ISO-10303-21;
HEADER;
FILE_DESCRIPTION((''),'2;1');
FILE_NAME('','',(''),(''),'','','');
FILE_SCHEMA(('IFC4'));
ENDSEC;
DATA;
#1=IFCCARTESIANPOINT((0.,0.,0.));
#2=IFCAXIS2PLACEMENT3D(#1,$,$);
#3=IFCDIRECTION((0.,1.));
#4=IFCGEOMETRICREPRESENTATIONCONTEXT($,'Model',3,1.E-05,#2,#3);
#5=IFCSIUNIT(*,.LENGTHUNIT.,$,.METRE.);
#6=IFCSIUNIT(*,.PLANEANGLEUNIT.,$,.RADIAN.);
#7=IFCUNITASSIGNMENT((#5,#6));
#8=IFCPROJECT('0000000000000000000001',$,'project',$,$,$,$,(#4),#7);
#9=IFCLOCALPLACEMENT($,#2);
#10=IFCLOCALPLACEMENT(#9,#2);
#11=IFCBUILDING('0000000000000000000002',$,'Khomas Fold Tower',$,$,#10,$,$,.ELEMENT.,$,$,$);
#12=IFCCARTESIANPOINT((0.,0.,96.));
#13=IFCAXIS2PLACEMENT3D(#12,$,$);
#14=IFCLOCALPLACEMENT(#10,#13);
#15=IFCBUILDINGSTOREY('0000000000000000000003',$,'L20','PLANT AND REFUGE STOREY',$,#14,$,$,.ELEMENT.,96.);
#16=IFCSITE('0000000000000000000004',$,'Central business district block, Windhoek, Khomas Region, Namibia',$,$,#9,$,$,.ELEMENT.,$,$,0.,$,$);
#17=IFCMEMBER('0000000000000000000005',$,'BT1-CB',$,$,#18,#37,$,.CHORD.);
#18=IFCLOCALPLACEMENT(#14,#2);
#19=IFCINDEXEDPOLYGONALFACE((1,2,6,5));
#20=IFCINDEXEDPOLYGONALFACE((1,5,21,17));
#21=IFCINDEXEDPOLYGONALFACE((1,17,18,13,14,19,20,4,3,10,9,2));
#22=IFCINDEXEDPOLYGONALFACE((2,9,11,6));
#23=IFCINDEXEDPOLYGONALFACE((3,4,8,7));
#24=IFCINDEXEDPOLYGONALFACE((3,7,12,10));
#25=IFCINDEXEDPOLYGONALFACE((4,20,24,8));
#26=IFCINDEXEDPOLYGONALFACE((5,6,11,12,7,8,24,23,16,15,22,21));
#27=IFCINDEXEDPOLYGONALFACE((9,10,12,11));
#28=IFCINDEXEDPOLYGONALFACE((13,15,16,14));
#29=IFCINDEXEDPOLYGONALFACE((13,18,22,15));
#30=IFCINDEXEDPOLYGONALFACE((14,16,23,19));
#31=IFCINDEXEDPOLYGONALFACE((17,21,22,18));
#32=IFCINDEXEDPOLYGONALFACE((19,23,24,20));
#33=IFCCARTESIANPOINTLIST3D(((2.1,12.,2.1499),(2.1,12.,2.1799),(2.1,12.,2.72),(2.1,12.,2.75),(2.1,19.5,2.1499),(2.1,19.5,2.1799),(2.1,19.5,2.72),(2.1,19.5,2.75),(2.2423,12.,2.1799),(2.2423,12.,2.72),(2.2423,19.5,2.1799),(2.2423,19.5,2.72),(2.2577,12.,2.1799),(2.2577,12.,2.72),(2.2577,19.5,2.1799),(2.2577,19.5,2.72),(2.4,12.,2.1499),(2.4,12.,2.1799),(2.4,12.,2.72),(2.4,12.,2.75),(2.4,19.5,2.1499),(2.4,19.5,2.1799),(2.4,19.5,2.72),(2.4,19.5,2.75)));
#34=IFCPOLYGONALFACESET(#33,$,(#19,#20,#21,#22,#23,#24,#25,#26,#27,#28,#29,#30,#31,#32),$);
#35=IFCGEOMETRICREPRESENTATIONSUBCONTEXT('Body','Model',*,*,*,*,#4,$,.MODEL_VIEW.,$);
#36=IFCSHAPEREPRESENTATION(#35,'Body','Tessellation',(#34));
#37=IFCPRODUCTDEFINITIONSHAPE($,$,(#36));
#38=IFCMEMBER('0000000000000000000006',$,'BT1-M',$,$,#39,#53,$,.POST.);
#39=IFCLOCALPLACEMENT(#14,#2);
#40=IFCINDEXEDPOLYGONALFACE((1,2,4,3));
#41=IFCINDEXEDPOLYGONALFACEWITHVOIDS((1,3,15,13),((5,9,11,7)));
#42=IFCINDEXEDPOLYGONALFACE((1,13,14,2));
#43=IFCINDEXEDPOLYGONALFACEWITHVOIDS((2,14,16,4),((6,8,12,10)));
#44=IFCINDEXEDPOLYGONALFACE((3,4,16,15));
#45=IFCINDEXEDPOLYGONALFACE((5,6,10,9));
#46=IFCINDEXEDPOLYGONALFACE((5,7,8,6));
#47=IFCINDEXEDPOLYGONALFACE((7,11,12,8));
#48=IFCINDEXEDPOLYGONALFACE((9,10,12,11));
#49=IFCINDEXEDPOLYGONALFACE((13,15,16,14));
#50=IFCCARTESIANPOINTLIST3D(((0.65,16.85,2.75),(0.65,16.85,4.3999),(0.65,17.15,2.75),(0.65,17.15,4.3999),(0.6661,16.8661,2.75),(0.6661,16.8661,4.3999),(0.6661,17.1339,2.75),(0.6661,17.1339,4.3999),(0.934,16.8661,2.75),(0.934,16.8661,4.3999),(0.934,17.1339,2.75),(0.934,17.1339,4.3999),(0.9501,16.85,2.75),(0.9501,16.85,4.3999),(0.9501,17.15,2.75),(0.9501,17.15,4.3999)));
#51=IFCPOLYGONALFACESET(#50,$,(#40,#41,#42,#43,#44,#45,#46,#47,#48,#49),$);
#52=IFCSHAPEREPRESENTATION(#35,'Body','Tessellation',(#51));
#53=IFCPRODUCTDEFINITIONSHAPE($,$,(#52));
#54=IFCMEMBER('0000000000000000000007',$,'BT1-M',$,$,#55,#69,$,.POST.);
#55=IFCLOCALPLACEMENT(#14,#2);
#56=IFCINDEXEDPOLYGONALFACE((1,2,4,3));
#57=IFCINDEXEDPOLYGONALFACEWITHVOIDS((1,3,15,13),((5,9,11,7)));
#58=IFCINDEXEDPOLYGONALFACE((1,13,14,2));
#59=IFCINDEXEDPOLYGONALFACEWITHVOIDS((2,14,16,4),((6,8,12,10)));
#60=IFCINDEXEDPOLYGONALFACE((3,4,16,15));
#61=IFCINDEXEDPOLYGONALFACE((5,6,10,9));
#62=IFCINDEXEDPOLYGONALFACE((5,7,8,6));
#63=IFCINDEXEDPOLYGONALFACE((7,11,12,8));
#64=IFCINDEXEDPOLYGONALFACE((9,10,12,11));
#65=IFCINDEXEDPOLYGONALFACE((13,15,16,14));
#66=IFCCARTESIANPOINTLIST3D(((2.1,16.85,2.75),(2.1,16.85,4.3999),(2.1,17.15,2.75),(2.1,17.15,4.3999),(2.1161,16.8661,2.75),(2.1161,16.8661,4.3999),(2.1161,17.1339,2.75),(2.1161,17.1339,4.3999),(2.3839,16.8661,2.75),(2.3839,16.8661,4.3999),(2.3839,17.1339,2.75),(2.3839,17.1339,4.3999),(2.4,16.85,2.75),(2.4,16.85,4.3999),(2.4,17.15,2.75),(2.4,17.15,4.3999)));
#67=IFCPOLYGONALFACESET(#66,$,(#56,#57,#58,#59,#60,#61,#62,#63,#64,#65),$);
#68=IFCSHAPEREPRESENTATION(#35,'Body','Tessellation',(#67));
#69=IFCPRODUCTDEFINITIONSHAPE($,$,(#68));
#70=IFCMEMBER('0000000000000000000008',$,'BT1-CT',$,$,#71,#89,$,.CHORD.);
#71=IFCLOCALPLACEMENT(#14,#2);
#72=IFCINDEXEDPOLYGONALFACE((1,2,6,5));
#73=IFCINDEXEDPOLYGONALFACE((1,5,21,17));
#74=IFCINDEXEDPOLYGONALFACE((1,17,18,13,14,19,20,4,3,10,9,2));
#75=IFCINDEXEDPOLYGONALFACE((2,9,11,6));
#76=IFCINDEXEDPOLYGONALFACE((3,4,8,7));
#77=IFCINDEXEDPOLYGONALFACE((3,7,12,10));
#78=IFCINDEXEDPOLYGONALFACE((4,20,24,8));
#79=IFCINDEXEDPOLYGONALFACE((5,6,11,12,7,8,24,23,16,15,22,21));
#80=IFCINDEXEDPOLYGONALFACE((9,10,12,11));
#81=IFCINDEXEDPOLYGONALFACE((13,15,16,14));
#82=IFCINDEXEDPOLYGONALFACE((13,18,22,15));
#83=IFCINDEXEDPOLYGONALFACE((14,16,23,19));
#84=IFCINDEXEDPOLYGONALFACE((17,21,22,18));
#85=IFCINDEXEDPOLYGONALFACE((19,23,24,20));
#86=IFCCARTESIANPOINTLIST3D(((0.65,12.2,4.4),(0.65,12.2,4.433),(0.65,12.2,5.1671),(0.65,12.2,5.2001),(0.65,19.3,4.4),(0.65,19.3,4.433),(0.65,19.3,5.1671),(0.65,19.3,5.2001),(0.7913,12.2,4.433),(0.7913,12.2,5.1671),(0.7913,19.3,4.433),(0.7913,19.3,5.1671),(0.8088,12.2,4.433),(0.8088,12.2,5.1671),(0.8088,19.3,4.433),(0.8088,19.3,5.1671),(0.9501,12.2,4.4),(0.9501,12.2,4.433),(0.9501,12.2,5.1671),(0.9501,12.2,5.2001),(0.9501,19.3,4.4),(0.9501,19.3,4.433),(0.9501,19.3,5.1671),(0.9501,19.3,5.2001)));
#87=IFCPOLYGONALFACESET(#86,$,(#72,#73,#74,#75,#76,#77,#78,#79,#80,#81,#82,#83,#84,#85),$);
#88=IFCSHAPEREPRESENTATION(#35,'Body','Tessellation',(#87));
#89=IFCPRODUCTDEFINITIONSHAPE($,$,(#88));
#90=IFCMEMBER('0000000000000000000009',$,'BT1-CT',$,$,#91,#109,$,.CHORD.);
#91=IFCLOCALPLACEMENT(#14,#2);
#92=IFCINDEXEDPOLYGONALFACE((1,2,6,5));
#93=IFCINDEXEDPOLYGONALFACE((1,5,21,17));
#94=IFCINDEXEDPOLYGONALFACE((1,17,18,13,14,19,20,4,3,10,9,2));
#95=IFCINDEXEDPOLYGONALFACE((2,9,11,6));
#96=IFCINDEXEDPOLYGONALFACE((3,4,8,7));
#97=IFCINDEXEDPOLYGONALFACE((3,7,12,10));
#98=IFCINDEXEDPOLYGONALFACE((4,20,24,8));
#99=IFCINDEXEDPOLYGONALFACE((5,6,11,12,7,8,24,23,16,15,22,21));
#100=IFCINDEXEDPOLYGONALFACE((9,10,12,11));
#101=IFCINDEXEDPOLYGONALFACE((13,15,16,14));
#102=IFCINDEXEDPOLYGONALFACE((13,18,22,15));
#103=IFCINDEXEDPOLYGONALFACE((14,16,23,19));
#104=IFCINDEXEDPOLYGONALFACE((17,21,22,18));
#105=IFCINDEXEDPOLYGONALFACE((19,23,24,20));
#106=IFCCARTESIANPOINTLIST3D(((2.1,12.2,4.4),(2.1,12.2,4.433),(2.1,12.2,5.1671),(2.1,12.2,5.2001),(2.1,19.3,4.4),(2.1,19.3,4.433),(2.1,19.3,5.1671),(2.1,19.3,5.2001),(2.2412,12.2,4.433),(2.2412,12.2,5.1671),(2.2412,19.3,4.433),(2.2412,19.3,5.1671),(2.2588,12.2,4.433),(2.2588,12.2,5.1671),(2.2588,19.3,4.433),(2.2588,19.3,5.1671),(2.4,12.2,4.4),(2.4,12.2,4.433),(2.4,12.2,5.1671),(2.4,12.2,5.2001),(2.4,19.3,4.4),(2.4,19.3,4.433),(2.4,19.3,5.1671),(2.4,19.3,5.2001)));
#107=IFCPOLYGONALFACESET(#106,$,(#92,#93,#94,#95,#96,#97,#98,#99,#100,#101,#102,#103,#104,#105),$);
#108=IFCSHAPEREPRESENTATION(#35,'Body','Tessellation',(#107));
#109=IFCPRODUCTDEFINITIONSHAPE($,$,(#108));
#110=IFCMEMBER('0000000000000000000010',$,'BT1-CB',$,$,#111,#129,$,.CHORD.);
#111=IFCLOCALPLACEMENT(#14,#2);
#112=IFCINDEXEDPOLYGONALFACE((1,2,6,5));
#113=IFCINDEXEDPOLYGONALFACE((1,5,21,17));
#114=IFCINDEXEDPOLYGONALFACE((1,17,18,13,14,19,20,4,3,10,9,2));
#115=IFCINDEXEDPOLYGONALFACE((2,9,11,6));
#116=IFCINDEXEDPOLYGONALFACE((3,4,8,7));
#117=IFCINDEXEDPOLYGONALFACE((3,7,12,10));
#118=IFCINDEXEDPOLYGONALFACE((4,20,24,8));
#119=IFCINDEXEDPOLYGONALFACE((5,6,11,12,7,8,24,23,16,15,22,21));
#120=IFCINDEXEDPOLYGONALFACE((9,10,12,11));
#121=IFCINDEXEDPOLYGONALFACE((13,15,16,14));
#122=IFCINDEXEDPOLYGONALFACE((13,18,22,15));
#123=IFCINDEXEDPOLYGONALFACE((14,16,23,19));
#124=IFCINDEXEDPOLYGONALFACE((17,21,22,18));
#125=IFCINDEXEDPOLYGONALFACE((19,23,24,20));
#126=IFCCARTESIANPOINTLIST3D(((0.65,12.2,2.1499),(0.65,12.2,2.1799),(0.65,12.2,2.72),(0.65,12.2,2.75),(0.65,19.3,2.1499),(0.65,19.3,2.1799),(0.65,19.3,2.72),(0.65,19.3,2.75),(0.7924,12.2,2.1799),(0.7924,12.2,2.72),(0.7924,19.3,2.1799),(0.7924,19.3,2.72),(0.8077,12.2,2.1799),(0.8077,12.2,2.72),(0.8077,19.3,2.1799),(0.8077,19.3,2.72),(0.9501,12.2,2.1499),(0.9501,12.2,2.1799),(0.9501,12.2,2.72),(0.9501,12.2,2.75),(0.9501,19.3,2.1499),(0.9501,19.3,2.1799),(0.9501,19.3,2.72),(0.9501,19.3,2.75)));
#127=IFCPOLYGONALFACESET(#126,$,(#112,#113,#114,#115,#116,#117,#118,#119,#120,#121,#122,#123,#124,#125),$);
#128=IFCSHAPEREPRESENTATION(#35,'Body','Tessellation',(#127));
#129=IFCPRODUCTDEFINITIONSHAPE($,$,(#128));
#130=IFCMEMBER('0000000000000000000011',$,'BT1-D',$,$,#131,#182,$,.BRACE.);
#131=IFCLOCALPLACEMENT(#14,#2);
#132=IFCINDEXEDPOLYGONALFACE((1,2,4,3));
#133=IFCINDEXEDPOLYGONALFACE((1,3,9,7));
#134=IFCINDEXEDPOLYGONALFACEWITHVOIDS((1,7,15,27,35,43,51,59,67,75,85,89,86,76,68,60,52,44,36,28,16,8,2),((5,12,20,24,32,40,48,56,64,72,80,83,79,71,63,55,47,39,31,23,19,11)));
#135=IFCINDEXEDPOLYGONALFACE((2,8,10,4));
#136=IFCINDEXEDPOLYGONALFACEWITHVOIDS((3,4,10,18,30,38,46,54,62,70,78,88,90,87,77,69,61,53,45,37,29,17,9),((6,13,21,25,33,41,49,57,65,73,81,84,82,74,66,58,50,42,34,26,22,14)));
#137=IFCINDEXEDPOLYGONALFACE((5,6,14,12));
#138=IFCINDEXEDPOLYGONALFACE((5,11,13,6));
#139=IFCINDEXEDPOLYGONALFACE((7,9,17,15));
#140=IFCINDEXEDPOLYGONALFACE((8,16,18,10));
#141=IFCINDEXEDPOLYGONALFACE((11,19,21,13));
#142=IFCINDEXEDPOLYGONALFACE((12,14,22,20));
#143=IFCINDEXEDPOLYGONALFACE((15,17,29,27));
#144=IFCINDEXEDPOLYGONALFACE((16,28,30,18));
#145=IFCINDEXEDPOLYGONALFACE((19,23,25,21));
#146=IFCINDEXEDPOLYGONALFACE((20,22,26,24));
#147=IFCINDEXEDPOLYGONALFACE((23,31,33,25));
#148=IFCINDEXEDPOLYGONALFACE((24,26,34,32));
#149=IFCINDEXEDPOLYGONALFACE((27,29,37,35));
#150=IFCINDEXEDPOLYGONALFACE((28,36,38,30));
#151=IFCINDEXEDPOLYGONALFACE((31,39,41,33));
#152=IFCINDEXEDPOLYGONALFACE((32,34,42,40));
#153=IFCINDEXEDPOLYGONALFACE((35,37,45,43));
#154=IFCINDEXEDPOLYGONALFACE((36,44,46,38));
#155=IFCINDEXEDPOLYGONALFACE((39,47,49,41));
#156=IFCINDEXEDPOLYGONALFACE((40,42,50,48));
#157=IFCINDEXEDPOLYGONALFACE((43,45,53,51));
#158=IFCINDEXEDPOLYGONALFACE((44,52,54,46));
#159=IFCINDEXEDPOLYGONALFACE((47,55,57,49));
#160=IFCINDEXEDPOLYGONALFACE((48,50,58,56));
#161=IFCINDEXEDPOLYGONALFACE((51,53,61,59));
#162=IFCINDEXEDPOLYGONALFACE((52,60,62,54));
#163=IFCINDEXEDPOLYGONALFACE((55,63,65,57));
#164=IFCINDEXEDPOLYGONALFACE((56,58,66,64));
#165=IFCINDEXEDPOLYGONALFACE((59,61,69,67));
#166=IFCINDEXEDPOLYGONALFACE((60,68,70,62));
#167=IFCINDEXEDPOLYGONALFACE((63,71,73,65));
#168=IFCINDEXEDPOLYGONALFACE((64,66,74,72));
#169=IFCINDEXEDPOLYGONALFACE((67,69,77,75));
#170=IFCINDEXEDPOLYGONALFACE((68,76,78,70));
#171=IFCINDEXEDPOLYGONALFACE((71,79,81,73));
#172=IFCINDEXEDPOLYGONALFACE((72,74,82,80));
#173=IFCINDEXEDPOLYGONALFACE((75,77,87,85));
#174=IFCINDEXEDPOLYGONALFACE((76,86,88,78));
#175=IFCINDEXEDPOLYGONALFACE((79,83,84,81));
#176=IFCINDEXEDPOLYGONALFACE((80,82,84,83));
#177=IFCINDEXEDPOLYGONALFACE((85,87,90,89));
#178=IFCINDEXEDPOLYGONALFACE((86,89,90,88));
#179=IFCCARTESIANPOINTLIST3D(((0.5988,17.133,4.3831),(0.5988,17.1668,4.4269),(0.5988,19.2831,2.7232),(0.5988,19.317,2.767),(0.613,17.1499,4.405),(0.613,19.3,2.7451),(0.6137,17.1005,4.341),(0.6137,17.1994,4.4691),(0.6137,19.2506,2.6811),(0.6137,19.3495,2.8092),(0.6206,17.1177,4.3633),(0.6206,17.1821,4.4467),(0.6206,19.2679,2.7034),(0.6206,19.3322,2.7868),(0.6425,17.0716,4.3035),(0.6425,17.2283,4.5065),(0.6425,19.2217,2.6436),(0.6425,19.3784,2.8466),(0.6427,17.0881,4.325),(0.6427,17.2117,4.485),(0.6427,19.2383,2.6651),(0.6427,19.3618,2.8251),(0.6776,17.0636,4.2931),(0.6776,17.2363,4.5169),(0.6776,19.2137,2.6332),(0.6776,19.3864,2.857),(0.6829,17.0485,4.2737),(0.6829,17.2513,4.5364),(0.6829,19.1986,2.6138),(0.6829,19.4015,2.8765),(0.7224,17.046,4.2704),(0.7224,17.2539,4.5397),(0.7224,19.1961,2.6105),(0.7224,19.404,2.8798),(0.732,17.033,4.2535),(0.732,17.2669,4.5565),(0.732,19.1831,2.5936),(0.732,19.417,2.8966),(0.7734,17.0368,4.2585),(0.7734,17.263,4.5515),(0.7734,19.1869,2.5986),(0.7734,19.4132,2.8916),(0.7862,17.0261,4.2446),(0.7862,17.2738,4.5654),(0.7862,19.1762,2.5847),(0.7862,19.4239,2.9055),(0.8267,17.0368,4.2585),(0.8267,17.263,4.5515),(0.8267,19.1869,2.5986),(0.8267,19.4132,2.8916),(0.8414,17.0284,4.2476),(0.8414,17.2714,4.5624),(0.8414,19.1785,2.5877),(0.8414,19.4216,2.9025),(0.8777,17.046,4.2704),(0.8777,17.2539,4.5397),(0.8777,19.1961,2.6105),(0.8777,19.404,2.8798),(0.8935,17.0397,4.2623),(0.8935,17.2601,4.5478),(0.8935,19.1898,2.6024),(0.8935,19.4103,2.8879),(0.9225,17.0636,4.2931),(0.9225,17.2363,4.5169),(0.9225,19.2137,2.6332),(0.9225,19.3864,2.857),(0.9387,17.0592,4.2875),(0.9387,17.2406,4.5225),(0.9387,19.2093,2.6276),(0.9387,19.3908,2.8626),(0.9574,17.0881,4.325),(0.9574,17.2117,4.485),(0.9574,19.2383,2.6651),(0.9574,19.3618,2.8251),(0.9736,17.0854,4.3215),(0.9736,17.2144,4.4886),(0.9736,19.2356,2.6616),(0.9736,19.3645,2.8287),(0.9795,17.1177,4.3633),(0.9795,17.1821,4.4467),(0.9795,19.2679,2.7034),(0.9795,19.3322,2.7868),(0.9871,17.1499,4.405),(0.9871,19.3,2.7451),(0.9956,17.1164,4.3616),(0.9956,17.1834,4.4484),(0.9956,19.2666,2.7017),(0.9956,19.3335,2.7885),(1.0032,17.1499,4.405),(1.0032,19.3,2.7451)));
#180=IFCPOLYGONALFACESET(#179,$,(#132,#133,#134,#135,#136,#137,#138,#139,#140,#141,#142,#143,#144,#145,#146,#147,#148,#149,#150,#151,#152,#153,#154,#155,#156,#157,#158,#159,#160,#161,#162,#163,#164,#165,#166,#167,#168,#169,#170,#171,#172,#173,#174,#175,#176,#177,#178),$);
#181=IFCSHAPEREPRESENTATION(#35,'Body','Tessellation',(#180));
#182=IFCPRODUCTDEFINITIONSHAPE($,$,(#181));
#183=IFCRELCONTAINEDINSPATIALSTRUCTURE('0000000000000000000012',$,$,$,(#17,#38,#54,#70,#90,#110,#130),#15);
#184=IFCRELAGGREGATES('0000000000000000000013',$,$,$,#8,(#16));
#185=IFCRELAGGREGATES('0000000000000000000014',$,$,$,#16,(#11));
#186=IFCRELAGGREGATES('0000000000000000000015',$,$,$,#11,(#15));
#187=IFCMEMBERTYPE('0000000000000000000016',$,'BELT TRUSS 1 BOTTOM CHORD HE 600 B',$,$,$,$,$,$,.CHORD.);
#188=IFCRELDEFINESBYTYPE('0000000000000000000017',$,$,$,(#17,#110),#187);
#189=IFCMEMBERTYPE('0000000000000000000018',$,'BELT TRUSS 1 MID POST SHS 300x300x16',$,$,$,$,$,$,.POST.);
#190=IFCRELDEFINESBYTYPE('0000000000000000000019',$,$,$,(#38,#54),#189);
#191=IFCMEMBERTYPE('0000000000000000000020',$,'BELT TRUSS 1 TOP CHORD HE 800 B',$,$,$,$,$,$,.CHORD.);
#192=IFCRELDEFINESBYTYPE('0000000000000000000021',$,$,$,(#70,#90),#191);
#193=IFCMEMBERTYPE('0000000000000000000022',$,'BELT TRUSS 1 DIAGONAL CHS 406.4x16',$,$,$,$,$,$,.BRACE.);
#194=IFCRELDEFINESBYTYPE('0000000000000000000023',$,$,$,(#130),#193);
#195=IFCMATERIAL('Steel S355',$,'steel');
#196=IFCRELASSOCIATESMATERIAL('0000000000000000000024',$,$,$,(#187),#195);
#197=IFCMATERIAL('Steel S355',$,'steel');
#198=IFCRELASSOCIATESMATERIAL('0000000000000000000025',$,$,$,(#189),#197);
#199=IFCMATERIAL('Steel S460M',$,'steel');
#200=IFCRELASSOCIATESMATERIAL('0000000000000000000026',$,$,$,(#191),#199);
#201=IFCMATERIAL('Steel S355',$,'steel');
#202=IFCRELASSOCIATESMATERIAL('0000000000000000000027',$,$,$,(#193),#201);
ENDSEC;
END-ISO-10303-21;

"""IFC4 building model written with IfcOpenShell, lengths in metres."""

from ifc_helpers import new_model, si_unit, direction, frame, origin, origin_2d, place, context, subcontext, project, spatial, hollow_rectangle, hollow_circle, i_section, extrude, source, transform, mapped, material, material_profile, profile_set, type_object, element, save


model = new_model("IFC4")

# Units and contexts
model_context = context("Model", 3, precision=1e-05, world=origin(), true_north=direction((0.0, 1.0)))
body_context = subcontext(model_context, "Body", "Model", "MODEL_VIEW")
ifc_project = project(units=[si_unit("LENGTHUNIT", "METRE"), si_unit("PLANEANGLEUNIT", "RADIAN")], contexts=[model_context])

# Site, building, storey
site_placement = place(None, origin())
site = spatial("IfcSite", under=ifc_project, at=site_placement, Name="Central business district block, Windhoek, Khomas Region, Namibia", CompositionType="ELEMENT", RefElevation=0.0)
building_placement = place(site_placement, origin())
building = spatial("IfcBuilding", under=site, at=building_placement, Name="Khomas Fold Tower", CompositionType="ELEMENT")
storey_placement = place(building_placement, frame((0.0, 0.0, 96.0)))
storey = spatial("IfcBuildingStorey", under=building, at=storey_placement, Name="L20", Description="PLANT AND REFUGE STOREY", CompositionType="ELEMENT", Elevation=96.0)

# Members
ifc_material_1 = material(Name="Steel S355", Category="steel")
ifc_material_profile_1 = material_profile(ifc_material_1, i_section(OverallWidth=0.3, OverallDepth=0.6001, WebThickness=0.0154, FlangeThickness=0.03, at=origin_2d()), Name="HE 600 B")
ifc_profile_set_1 = profile_set([ifc_material_profile_1], Name="Steel S355")
member_type_1 = type_object("IfcMemberType", Name="BELT TRUSS 1 BOTTOM CHORD HE 600 B", PredefinedType="CHORD", material=ifc_profile_set_1)
shared_shape_1 = source(origin(), body_context, "Body", "SweptSolid", [
    extrude(i_section(OverallWidth=0.3, OverallDepth=0.6001, WebThickness=0.0154, FlangeThickness=0.03, at=origin_2d()), origin(), (0.0, 0.0, 1.0), 7.5),
])
member_1_placement = place(storey_placement, frame((2.25, 19.5, 2.45), z_axis=(0.0, -1.0, 0.0), x_axis=(1.0, 0.0, 0.0)))
element("IfcMember", 1, at=member_1_placement, inside=storey, type_object=member_type_1, Name="BT1-CB", PredefinedType="CHORD", context=body_context, shape_type="MappedRepresentation", body=[
    mapped(shared_shape_1, transform((0.0, 0.0, 0.0))),
])
ifc_material_2 = material(Name="Steel S355", Category="steel")
ifc_material_profile_2 = material_profile(ifc_material_2, hollow_rectangle(XDim=0.3, YDim=0.3, WallThickness=0.0161, at=origin_2d()), Name="SHS 300x300x16")
ifc_profile_set_2 = profile_set([ifc_material_profile_2], Name="Steel S355")
member_type_2 = type_object("IfcMemberType", Name="BELT TRUSS 1 MID POST SHS 300x300x16", PredefinedType="POST", material=ifc_profile_set_2)
shared_shape_2 = source(origin(), body_context, "Body", "SweptSolid", [
    extrude(hollow_rectangle(XDim=0.3, YDim=0.3, WallThickness=0.0161, at=origin_2d()), origin(), (0.0, 0.0, 1.0), 1.6499),
])
for number, where, z_axis, x_axis, name in (
    (2, (0.8, 17.0, 2.75), (0.0, 0.0, 1.0), (1.0, 0.0, 0.0), "BT1-M"),
    (3, (2.25, 17.0, 2.75), (0.0, 0.0, 1.0), (1.0, 0.0, 0.0), "BT1-M"),
):
    element("IfcMember", number, at=place(storey_placement, frame(where, z_axis=z_axis, x_axis=x_axis)), inside=storey, type_object=member_type_2, Name=name, PredefinedType="POST", context=body_context, shape_type="MappedRepresentation", body=[
        mapped(shared_shape_2, transform((0.0, 0.0, 0.0))),
    ])
ifc_material_3 = material(Name="Steel S460M", Category="steel")
ifc_material_profile_3 = material_profile(ifc_material_3, i_section(OverallWidth=0.3, OverallDepth=0.8, WebThickness=0.0176, FlangeThickness=0.033, at=origin_2d()), Name="HE 800 B")
ifc_profile_set_3 = profile_set([ifc_material_profile_3], Name="Steel S460M")
member_type_3 = type_object("IfcMemberType", Name="BELT TRUSS 1 TOP CHORD HE 800 B", PredefinedType="CHORD", material=ifc_profile_set_3)
shared_shape_3 = source(origin(), body_context, "Body", "SweptSolid", [
    extrude(i_section(OverallWidth=0.3, OverallDepth=0.8, WebThickness=0.0176, FlangeThickness=0.033, at=origin_2d()), origin(), (0.0, 0.0, 1.0), 7.1001),
])
for number, where, z_axis, x_axis, name in (
    (4, (0.8, 19.3, 4.8), (0.0, -1.0, 0.0), (1.0, 0.0, 0.0), "BT1-CT"),
    (5, (2.25, 19.3, 4.8), (0.0, -1.0, 0.0), (1.0, 0.0, 0.0), "BT1-CT"),
):
    element("IfcMember", number, at=place(storey_placement, frame(where, z_axis=z_axis, x_axis=x_axis)), inside=storey, type_object=member_type_3, Name=name, PredefinedType="CHORD", context=body_context, shape_type="MappedRepresentation", body=[
        mapped(shared_shape_3, transform((0.0, 0.0, 0.0))),
    ])
shared_shape_4 = source(origin(), body_context, "Body", "SweptSolid", [
    extrude(i_section(OverallWidth=0.3, OverallDepth=0.6001, WebThickness=0.0154, FlangeThickness=0.03, at=origin_2d()), origin(), (0.0, 0.0, 1.0), 7.1001),
])
member_2_placement = place(storey_placement, frame((0.8, 19.3, 2.45), z_axis=(0.0, -1.0, 0.0), x_axis=(1.0, 0.0, 0.0)))
element("IfcMember", 6, at=member_2_placement, inside=storey, type_object=member_type_1, Name="BT1-CB", PredefinedType="CHORD", context=body_context, shape_type="MappedRepresentation", body=[
    mapped(shared_shape_4, transform((0.0, 0.0, 0.0))),
])
ifc_material_4 = material(Name="Steel S355", Category="steel")
ifc_material_profile_4 = material_profile(ifc_material_4, hollow_circle(Radius=0.2031, WallThickness=0.0161, at=origin_2d()), Name="CHS 406.4x16")
ifc_profile_set_4 = profile_set([ifc_material_profile_4], Name="Steel S355")
member_type_4 = type_object("IfcMemberType", Name="BELT TRUSS 1 DIAGONAL CHS 406.4x16", PredefinedType="BRACE", material=ifc_profile_set_4)
shared_shape_5 = source(origin(), body_context, "Body", "SweptSolid", [
    extrude(hollow_circle(Radius=0.2031, WallThickness=0.0161, at=origin_2d()), origin(), (0.0, 0.0, 1.0), 2.7163),
])
for number, where, z_axis, x_axis, name in (
    (7, (0.8, 19.3, 2.7451), (0.0, -0.791564, 0.611087), (1.0, 0.0, 0.0), "BT1-D"),
):
    element("IfcMember", number, at=place(storey_placement, frame(where, z_axis=z_axis, x_axis=x_axis)), inside=storey, type_object=member_type_4, Name=name, PredefinedType="BRACE", context=body_context, shape_type="MappedRepresentation", body=[
        mapped(shared_shape_5, transform((0.0, 0.0, 0.0))),
    ])

save(model, "model.ifc")
